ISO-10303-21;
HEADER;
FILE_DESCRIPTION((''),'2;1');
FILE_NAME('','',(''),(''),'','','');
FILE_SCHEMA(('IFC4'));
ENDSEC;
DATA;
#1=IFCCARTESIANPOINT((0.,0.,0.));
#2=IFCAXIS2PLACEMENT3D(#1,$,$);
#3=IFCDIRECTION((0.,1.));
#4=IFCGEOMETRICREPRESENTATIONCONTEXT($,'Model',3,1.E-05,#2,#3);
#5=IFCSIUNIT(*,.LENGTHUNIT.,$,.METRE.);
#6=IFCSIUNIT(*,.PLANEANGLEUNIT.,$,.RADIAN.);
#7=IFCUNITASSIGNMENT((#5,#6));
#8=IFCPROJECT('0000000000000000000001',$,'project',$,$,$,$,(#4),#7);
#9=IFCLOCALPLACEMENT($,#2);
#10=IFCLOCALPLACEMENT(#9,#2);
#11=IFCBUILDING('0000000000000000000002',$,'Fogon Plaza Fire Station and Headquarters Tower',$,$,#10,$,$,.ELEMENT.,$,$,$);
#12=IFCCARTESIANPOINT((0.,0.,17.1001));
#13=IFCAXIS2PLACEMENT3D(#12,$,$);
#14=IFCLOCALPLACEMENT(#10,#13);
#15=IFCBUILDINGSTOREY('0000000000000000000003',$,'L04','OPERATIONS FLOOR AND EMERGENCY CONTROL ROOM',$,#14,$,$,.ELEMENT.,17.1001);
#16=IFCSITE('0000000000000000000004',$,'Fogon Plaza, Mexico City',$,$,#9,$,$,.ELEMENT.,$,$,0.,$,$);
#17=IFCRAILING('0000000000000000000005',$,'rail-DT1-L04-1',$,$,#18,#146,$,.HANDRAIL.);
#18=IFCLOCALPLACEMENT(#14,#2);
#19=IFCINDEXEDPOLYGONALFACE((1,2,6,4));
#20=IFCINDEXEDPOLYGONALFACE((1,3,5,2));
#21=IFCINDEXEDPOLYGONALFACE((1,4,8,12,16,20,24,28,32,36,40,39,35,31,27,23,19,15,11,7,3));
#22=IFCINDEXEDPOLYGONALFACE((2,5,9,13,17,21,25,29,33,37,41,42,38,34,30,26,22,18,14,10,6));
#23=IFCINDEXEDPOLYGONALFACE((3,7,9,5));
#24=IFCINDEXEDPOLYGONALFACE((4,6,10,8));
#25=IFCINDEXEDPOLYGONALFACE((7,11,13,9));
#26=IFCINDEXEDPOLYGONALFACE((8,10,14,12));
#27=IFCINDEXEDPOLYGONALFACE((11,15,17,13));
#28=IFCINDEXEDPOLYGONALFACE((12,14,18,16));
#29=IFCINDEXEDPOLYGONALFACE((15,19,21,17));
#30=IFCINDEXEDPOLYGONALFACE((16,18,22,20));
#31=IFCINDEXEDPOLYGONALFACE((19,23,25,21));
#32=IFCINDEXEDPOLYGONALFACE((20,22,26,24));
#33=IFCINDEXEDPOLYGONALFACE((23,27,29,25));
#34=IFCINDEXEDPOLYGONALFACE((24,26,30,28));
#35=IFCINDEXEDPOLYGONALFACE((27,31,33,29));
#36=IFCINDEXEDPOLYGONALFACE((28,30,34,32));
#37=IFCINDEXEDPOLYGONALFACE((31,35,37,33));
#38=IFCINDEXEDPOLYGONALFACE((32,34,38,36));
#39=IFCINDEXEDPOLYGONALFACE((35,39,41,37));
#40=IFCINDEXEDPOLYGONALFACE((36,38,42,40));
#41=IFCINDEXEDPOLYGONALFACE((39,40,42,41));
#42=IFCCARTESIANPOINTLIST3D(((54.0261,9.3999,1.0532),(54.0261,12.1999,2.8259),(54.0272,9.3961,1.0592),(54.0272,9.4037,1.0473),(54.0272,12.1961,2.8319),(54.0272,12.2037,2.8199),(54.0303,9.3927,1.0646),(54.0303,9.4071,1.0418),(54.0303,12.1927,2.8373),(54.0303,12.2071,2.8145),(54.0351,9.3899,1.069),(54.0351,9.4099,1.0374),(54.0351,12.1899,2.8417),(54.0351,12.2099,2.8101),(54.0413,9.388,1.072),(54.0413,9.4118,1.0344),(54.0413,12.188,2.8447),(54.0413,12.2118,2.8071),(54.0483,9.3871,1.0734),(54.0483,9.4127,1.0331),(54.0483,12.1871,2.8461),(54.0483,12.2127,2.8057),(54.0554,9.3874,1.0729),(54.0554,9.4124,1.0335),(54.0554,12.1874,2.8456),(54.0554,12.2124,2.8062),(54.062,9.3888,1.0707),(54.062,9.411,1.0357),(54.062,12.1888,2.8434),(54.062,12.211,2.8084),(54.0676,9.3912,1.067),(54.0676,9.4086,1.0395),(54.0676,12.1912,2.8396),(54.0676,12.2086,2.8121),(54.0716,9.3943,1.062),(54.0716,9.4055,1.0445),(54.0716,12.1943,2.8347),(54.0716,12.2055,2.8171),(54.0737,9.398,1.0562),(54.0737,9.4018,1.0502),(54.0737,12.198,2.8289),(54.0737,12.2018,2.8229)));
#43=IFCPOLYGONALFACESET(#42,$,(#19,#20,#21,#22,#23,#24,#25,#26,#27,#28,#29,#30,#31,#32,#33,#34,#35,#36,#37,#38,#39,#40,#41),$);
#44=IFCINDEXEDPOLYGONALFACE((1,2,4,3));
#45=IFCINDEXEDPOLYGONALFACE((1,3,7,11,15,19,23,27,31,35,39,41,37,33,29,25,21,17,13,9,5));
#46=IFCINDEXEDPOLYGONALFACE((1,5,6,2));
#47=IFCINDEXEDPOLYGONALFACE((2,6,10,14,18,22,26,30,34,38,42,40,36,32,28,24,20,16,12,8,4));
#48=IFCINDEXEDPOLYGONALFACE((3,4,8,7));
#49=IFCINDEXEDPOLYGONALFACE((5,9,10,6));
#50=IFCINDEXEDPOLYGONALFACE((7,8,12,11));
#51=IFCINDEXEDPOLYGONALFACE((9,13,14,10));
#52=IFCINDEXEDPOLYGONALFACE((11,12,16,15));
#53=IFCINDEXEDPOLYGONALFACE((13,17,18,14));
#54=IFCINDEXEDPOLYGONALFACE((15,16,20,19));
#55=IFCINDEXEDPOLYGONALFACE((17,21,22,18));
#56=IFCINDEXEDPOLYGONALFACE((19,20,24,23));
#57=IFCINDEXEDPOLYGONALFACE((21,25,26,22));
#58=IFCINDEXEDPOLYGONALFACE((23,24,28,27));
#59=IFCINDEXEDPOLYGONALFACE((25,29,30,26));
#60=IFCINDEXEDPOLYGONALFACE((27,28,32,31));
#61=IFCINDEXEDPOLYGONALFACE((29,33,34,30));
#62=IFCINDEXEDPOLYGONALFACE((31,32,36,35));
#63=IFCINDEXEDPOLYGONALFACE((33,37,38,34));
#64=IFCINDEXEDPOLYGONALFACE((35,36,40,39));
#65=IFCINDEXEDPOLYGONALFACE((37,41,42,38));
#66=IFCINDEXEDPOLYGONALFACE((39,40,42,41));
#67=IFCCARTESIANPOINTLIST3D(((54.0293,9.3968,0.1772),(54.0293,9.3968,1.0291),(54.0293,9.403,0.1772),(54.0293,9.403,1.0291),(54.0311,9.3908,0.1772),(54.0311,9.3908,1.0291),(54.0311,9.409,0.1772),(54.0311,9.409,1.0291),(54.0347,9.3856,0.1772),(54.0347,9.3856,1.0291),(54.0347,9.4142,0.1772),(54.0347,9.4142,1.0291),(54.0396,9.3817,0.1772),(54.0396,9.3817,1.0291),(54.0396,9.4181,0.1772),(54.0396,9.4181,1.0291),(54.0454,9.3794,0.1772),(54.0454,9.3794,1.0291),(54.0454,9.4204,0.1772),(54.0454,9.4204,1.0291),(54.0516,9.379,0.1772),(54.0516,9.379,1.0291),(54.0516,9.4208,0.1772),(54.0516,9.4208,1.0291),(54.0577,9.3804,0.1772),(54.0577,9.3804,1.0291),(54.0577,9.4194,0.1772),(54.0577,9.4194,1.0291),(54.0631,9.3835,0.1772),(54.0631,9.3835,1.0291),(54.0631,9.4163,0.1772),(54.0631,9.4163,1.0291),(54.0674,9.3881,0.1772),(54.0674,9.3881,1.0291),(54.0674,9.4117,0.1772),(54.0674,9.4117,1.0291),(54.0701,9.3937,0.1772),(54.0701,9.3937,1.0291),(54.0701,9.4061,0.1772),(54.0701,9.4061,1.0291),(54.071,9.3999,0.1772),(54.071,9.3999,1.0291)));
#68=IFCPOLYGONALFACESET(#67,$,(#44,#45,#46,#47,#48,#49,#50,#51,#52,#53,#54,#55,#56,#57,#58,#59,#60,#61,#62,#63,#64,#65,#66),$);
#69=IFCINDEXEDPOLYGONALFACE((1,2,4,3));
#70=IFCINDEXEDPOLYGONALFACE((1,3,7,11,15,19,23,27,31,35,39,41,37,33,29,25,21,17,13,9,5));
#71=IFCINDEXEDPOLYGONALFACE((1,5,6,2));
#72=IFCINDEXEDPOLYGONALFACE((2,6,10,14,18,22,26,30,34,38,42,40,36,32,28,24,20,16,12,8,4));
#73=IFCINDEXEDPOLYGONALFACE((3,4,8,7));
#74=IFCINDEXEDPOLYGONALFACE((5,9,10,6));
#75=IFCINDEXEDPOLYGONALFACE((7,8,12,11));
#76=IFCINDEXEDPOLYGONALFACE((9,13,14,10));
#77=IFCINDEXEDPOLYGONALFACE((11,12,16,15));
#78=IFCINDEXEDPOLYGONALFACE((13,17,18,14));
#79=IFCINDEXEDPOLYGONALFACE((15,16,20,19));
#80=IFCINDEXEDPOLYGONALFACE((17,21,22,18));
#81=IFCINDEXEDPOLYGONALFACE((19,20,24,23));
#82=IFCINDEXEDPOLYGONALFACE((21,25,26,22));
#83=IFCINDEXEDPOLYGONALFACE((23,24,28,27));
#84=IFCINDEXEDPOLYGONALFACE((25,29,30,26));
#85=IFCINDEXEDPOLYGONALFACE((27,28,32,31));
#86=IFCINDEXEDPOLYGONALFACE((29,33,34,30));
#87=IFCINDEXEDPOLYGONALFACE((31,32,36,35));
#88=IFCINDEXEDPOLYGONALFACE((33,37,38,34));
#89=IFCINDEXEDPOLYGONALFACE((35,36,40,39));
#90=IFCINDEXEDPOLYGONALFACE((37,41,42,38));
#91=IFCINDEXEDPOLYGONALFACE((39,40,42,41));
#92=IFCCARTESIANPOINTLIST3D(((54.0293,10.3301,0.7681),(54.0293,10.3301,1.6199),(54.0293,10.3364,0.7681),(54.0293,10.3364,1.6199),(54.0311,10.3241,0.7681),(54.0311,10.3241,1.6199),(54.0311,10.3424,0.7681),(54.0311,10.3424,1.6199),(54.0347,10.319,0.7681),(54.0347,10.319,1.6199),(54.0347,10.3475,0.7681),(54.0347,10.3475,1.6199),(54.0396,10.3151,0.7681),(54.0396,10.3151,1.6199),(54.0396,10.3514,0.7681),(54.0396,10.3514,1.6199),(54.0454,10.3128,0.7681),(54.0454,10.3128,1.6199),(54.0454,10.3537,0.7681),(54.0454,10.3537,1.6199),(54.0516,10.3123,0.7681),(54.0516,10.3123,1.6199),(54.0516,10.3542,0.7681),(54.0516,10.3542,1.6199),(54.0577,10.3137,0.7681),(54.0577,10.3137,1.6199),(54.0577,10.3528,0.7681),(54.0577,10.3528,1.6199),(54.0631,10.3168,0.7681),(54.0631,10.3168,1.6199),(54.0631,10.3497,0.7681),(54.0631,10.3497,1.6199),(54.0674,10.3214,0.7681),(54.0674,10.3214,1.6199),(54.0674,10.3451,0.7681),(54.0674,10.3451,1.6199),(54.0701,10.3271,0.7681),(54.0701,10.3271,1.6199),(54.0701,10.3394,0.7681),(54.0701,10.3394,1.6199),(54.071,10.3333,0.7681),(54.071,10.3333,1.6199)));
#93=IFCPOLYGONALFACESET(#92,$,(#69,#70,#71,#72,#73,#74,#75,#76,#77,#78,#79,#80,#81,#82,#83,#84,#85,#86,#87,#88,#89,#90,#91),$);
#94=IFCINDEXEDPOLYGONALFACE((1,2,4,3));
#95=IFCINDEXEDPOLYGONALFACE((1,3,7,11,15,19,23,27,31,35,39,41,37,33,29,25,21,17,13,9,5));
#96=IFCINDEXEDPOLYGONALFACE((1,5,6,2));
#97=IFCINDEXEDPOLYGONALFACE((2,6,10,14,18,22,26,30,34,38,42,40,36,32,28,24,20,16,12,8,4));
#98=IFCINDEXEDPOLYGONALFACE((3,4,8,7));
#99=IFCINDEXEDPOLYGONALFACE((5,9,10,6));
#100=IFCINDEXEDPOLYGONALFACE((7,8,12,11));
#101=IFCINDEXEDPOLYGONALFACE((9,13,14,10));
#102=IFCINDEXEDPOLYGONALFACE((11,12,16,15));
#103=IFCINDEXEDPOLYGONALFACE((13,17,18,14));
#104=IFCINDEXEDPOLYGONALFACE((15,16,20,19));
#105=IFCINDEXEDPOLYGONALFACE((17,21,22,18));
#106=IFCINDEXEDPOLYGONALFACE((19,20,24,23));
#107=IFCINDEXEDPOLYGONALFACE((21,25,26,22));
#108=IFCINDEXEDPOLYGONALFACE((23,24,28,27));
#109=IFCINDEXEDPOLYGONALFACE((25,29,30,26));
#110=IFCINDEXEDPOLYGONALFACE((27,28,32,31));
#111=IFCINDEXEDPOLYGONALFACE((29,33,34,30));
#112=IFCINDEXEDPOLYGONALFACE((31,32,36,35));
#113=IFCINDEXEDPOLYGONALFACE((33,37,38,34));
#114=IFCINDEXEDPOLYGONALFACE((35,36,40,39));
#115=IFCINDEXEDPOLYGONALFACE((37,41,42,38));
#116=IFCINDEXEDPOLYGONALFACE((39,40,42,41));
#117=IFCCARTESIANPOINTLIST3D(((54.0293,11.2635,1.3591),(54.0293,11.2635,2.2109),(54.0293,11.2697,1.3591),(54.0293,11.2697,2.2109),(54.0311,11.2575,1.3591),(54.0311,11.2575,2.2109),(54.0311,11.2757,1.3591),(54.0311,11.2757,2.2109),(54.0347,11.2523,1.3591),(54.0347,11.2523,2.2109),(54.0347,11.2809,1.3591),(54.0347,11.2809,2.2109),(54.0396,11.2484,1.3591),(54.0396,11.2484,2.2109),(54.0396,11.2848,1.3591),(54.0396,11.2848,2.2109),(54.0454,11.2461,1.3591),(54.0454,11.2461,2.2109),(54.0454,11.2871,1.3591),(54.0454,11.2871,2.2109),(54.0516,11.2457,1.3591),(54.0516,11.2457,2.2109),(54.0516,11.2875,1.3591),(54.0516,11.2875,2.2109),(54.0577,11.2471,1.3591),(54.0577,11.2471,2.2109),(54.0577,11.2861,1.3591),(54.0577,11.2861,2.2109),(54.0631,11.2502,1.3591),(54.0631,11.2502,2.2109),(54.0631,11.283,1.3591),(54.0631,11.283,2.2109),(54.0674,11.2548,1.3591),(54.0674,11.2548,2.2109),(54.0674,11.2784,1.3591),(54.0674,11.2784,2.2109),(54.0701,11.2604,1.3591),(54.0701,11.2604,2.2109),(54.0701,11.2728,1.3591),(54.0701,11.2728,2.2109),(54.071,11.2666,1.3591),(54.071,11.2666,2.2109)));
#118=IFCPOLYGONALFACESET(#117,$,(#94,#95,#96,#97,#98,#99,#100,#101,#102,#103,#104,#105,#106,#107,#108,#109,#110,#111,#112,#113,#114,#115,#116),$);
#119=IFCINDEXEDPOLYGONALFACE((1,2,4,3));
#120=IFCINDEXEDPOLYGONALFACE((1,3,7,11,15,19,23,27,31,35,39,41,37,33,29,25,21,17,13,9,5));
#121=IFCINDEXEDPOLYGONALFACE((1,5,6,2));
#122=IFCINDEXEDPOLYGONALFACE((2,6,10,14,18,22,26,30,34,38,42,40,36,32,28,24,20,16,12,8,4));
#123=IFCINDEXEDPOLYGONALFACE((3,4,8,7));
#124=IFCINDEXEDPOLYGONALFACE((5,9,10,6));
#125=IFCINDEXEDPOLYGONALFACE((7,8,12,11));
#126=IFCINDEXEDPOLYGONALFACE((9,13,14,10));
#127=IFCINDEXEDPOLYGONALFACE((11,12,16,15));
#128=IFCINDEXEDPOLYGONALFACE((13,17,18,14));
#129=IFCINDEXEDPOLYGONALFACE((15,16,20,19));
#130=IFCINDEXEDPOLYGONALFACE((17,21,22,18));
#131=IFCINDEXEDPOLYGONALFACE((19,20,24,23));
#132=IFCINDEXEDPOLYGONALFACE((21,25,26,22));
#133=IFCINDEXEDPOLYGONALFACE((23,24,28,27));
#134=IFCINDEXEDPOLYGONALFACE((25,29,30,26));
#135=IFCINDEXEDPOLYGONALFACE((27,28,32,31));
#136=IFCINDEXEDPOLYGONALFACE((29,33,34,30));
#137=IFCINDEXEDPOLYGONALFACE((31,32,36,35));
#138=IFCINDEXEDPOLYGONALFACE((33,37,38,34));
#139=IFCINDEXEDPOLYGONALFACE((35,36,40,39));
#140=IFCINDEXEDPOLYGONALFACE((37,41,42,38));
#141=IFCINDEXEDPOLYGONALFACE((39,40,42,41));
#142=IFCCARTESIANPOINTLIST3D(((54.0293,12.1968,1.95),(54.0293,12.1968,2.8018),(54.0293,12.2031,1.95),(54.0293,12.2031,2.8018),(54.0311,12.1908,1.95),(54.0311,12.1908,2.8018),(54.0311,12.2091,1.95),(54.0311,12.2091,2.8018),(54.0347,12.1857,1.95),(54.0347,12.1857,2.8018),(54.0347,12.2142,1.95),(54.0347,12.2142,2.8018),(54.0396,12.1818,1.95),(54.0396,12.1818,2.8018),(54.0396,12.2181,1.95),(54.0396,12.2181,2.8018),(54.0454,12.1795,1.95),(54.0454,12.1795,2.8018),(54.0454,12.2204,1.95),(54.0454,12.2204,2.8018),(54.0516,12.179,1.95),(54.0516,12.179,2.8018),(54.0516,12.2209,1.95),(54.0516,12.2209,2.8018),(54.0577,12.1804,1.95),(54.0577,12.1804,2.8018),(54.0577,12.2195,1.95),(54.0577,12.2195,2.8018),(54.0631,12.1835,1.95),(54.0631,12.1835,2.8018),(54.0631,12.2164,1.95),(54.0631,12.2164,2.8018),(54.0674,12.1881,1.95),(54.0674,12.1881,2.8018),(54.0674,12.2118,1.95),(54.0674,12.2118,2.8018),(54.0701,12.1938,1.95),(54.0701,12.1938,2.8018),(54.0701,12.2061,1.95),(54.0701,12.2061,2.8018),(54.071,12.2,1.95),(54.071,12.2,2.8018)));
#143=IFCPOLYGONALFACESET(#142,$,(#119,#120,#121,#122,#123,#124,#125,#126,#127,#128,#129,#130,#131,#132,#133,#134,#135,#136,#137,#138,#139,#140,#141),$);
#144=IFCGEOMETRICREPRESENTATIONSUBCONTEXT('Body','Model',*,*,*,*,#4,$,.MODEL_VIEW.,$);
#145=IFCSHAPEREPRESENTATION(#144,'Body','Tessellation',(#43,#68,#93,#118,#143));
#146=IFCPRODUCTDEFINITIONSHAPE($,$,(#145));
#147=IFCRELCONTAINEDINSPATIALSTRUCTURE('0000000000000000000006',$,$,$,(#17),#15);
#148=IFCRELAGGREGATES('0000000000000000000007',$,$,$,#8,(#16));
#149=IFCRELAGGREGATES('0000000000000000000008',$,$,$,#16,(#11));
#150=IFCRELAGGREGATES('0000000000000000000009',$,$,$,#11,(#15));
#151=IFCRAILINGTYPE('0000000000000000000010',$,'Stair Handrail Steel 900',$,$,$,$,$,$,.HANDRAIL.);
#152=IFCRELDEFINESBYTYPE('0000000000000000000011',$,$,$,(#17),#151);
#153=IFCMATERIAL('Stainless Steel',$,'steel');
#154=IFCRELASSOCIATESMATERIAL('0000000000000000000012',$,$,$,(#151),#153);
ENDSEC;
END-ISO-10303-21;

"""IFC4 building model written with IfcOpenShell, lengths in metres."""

from ifc_helpers import new_model, si_unit, direction, frame, origin, origin_2d, place, context, subcontext, project, spatial, circle, extrude, material, type_object, element, save


model = new_model("IFC4")

# Units and contexts
model_context = context("Model", 3, precision=1e-05, world=origin(), true_north=direction((0.0, 1.0)))
body_context = subcontext(model_context, "Body", "Model", "MODEL_VIEW")
ifc_project = project(units=[si_unit("LENGTHUNIT", "METRE"), si_unit("PLANEANGLEUNIT", "RADIAN")], contexts=[model_context])

# Site, building, storey
site_placement = place(None, origin())
site = spatial("IfcSite", under=ifc_project, at=site_placement, Name="Fogon Plaza, Mexico City", CompositionType="ELEMENT", RefElevation=0.0)
building_placement = place(site_placement, origin())
building = spatial("IfcBuilding", under=site, at=building_placement, Name="Fogon Plaza Fire Station and Headquarters Tower", CompositionType="ELEMENT")
storey_placement = place(building_placement, frame((0.0, 0.0, 17.1001)))
storey = spatial("IfcBuildingStorey", under=building, at=storey_placement, Name="L04", Description="OPERATIONS FLOOR AND EMERGENCY CONTROL ROOM", CompositionType="ELEMENT", Elevation=17.1001)

# Railing
ifc_material_1 = material(Name="Stainless Steel", Category="steel")
railing_type_1 = type_object("IfcRailingType", Name="Stair Handrail Steel 900", PredefinedType="HANDRAIL", material=ifc_material_1)
for number, where, name in (
    (1, (54.05, 9.3999, 0.1772), "rail-DT1-L04-1"),
):
    element("IfcRailing", number, at=place(storey_placement, frame(where)), inside=storey, type_object=railing_type_1, Name=name, PredefinedType="HANDRAIL", context=body_context, shape_type="SweptSolid", body=[
        extrude(circle(Radius=0.0239, at=origin_2d()), frame((0.0, 0.0, 0.876), z_axis=(0.0, 0.844909, 0.53491), x_axis=(-1.0, 0.0, 0.0)), (0.0, 0.0, 1.0), 3.314),
        extrude(circle(Radius=0.021, at=origin_2d()), origin(), (0.0, 0.0, 1.0), 0.8518),
        extrude(circle(Radius=0.021, at=origin_2d()), frame((0.0, 0.9333, 0.5908)), (0.0, 0.0, 1.0), 0.8518),
        extrude(circle(Radius=0.021, at=origin_2d()), frame((0.0, 1.8667, 1.1819)), (0.0, 0.0, 1.0), 0.8518),
        extrude(circle(Radius=0.021, at=origin_2d()), frame((0.0, 2.8, 1.7727)), (0.0, 0.0, 1.0), 0.8518),
    ])

save(model, "model.ifc")
